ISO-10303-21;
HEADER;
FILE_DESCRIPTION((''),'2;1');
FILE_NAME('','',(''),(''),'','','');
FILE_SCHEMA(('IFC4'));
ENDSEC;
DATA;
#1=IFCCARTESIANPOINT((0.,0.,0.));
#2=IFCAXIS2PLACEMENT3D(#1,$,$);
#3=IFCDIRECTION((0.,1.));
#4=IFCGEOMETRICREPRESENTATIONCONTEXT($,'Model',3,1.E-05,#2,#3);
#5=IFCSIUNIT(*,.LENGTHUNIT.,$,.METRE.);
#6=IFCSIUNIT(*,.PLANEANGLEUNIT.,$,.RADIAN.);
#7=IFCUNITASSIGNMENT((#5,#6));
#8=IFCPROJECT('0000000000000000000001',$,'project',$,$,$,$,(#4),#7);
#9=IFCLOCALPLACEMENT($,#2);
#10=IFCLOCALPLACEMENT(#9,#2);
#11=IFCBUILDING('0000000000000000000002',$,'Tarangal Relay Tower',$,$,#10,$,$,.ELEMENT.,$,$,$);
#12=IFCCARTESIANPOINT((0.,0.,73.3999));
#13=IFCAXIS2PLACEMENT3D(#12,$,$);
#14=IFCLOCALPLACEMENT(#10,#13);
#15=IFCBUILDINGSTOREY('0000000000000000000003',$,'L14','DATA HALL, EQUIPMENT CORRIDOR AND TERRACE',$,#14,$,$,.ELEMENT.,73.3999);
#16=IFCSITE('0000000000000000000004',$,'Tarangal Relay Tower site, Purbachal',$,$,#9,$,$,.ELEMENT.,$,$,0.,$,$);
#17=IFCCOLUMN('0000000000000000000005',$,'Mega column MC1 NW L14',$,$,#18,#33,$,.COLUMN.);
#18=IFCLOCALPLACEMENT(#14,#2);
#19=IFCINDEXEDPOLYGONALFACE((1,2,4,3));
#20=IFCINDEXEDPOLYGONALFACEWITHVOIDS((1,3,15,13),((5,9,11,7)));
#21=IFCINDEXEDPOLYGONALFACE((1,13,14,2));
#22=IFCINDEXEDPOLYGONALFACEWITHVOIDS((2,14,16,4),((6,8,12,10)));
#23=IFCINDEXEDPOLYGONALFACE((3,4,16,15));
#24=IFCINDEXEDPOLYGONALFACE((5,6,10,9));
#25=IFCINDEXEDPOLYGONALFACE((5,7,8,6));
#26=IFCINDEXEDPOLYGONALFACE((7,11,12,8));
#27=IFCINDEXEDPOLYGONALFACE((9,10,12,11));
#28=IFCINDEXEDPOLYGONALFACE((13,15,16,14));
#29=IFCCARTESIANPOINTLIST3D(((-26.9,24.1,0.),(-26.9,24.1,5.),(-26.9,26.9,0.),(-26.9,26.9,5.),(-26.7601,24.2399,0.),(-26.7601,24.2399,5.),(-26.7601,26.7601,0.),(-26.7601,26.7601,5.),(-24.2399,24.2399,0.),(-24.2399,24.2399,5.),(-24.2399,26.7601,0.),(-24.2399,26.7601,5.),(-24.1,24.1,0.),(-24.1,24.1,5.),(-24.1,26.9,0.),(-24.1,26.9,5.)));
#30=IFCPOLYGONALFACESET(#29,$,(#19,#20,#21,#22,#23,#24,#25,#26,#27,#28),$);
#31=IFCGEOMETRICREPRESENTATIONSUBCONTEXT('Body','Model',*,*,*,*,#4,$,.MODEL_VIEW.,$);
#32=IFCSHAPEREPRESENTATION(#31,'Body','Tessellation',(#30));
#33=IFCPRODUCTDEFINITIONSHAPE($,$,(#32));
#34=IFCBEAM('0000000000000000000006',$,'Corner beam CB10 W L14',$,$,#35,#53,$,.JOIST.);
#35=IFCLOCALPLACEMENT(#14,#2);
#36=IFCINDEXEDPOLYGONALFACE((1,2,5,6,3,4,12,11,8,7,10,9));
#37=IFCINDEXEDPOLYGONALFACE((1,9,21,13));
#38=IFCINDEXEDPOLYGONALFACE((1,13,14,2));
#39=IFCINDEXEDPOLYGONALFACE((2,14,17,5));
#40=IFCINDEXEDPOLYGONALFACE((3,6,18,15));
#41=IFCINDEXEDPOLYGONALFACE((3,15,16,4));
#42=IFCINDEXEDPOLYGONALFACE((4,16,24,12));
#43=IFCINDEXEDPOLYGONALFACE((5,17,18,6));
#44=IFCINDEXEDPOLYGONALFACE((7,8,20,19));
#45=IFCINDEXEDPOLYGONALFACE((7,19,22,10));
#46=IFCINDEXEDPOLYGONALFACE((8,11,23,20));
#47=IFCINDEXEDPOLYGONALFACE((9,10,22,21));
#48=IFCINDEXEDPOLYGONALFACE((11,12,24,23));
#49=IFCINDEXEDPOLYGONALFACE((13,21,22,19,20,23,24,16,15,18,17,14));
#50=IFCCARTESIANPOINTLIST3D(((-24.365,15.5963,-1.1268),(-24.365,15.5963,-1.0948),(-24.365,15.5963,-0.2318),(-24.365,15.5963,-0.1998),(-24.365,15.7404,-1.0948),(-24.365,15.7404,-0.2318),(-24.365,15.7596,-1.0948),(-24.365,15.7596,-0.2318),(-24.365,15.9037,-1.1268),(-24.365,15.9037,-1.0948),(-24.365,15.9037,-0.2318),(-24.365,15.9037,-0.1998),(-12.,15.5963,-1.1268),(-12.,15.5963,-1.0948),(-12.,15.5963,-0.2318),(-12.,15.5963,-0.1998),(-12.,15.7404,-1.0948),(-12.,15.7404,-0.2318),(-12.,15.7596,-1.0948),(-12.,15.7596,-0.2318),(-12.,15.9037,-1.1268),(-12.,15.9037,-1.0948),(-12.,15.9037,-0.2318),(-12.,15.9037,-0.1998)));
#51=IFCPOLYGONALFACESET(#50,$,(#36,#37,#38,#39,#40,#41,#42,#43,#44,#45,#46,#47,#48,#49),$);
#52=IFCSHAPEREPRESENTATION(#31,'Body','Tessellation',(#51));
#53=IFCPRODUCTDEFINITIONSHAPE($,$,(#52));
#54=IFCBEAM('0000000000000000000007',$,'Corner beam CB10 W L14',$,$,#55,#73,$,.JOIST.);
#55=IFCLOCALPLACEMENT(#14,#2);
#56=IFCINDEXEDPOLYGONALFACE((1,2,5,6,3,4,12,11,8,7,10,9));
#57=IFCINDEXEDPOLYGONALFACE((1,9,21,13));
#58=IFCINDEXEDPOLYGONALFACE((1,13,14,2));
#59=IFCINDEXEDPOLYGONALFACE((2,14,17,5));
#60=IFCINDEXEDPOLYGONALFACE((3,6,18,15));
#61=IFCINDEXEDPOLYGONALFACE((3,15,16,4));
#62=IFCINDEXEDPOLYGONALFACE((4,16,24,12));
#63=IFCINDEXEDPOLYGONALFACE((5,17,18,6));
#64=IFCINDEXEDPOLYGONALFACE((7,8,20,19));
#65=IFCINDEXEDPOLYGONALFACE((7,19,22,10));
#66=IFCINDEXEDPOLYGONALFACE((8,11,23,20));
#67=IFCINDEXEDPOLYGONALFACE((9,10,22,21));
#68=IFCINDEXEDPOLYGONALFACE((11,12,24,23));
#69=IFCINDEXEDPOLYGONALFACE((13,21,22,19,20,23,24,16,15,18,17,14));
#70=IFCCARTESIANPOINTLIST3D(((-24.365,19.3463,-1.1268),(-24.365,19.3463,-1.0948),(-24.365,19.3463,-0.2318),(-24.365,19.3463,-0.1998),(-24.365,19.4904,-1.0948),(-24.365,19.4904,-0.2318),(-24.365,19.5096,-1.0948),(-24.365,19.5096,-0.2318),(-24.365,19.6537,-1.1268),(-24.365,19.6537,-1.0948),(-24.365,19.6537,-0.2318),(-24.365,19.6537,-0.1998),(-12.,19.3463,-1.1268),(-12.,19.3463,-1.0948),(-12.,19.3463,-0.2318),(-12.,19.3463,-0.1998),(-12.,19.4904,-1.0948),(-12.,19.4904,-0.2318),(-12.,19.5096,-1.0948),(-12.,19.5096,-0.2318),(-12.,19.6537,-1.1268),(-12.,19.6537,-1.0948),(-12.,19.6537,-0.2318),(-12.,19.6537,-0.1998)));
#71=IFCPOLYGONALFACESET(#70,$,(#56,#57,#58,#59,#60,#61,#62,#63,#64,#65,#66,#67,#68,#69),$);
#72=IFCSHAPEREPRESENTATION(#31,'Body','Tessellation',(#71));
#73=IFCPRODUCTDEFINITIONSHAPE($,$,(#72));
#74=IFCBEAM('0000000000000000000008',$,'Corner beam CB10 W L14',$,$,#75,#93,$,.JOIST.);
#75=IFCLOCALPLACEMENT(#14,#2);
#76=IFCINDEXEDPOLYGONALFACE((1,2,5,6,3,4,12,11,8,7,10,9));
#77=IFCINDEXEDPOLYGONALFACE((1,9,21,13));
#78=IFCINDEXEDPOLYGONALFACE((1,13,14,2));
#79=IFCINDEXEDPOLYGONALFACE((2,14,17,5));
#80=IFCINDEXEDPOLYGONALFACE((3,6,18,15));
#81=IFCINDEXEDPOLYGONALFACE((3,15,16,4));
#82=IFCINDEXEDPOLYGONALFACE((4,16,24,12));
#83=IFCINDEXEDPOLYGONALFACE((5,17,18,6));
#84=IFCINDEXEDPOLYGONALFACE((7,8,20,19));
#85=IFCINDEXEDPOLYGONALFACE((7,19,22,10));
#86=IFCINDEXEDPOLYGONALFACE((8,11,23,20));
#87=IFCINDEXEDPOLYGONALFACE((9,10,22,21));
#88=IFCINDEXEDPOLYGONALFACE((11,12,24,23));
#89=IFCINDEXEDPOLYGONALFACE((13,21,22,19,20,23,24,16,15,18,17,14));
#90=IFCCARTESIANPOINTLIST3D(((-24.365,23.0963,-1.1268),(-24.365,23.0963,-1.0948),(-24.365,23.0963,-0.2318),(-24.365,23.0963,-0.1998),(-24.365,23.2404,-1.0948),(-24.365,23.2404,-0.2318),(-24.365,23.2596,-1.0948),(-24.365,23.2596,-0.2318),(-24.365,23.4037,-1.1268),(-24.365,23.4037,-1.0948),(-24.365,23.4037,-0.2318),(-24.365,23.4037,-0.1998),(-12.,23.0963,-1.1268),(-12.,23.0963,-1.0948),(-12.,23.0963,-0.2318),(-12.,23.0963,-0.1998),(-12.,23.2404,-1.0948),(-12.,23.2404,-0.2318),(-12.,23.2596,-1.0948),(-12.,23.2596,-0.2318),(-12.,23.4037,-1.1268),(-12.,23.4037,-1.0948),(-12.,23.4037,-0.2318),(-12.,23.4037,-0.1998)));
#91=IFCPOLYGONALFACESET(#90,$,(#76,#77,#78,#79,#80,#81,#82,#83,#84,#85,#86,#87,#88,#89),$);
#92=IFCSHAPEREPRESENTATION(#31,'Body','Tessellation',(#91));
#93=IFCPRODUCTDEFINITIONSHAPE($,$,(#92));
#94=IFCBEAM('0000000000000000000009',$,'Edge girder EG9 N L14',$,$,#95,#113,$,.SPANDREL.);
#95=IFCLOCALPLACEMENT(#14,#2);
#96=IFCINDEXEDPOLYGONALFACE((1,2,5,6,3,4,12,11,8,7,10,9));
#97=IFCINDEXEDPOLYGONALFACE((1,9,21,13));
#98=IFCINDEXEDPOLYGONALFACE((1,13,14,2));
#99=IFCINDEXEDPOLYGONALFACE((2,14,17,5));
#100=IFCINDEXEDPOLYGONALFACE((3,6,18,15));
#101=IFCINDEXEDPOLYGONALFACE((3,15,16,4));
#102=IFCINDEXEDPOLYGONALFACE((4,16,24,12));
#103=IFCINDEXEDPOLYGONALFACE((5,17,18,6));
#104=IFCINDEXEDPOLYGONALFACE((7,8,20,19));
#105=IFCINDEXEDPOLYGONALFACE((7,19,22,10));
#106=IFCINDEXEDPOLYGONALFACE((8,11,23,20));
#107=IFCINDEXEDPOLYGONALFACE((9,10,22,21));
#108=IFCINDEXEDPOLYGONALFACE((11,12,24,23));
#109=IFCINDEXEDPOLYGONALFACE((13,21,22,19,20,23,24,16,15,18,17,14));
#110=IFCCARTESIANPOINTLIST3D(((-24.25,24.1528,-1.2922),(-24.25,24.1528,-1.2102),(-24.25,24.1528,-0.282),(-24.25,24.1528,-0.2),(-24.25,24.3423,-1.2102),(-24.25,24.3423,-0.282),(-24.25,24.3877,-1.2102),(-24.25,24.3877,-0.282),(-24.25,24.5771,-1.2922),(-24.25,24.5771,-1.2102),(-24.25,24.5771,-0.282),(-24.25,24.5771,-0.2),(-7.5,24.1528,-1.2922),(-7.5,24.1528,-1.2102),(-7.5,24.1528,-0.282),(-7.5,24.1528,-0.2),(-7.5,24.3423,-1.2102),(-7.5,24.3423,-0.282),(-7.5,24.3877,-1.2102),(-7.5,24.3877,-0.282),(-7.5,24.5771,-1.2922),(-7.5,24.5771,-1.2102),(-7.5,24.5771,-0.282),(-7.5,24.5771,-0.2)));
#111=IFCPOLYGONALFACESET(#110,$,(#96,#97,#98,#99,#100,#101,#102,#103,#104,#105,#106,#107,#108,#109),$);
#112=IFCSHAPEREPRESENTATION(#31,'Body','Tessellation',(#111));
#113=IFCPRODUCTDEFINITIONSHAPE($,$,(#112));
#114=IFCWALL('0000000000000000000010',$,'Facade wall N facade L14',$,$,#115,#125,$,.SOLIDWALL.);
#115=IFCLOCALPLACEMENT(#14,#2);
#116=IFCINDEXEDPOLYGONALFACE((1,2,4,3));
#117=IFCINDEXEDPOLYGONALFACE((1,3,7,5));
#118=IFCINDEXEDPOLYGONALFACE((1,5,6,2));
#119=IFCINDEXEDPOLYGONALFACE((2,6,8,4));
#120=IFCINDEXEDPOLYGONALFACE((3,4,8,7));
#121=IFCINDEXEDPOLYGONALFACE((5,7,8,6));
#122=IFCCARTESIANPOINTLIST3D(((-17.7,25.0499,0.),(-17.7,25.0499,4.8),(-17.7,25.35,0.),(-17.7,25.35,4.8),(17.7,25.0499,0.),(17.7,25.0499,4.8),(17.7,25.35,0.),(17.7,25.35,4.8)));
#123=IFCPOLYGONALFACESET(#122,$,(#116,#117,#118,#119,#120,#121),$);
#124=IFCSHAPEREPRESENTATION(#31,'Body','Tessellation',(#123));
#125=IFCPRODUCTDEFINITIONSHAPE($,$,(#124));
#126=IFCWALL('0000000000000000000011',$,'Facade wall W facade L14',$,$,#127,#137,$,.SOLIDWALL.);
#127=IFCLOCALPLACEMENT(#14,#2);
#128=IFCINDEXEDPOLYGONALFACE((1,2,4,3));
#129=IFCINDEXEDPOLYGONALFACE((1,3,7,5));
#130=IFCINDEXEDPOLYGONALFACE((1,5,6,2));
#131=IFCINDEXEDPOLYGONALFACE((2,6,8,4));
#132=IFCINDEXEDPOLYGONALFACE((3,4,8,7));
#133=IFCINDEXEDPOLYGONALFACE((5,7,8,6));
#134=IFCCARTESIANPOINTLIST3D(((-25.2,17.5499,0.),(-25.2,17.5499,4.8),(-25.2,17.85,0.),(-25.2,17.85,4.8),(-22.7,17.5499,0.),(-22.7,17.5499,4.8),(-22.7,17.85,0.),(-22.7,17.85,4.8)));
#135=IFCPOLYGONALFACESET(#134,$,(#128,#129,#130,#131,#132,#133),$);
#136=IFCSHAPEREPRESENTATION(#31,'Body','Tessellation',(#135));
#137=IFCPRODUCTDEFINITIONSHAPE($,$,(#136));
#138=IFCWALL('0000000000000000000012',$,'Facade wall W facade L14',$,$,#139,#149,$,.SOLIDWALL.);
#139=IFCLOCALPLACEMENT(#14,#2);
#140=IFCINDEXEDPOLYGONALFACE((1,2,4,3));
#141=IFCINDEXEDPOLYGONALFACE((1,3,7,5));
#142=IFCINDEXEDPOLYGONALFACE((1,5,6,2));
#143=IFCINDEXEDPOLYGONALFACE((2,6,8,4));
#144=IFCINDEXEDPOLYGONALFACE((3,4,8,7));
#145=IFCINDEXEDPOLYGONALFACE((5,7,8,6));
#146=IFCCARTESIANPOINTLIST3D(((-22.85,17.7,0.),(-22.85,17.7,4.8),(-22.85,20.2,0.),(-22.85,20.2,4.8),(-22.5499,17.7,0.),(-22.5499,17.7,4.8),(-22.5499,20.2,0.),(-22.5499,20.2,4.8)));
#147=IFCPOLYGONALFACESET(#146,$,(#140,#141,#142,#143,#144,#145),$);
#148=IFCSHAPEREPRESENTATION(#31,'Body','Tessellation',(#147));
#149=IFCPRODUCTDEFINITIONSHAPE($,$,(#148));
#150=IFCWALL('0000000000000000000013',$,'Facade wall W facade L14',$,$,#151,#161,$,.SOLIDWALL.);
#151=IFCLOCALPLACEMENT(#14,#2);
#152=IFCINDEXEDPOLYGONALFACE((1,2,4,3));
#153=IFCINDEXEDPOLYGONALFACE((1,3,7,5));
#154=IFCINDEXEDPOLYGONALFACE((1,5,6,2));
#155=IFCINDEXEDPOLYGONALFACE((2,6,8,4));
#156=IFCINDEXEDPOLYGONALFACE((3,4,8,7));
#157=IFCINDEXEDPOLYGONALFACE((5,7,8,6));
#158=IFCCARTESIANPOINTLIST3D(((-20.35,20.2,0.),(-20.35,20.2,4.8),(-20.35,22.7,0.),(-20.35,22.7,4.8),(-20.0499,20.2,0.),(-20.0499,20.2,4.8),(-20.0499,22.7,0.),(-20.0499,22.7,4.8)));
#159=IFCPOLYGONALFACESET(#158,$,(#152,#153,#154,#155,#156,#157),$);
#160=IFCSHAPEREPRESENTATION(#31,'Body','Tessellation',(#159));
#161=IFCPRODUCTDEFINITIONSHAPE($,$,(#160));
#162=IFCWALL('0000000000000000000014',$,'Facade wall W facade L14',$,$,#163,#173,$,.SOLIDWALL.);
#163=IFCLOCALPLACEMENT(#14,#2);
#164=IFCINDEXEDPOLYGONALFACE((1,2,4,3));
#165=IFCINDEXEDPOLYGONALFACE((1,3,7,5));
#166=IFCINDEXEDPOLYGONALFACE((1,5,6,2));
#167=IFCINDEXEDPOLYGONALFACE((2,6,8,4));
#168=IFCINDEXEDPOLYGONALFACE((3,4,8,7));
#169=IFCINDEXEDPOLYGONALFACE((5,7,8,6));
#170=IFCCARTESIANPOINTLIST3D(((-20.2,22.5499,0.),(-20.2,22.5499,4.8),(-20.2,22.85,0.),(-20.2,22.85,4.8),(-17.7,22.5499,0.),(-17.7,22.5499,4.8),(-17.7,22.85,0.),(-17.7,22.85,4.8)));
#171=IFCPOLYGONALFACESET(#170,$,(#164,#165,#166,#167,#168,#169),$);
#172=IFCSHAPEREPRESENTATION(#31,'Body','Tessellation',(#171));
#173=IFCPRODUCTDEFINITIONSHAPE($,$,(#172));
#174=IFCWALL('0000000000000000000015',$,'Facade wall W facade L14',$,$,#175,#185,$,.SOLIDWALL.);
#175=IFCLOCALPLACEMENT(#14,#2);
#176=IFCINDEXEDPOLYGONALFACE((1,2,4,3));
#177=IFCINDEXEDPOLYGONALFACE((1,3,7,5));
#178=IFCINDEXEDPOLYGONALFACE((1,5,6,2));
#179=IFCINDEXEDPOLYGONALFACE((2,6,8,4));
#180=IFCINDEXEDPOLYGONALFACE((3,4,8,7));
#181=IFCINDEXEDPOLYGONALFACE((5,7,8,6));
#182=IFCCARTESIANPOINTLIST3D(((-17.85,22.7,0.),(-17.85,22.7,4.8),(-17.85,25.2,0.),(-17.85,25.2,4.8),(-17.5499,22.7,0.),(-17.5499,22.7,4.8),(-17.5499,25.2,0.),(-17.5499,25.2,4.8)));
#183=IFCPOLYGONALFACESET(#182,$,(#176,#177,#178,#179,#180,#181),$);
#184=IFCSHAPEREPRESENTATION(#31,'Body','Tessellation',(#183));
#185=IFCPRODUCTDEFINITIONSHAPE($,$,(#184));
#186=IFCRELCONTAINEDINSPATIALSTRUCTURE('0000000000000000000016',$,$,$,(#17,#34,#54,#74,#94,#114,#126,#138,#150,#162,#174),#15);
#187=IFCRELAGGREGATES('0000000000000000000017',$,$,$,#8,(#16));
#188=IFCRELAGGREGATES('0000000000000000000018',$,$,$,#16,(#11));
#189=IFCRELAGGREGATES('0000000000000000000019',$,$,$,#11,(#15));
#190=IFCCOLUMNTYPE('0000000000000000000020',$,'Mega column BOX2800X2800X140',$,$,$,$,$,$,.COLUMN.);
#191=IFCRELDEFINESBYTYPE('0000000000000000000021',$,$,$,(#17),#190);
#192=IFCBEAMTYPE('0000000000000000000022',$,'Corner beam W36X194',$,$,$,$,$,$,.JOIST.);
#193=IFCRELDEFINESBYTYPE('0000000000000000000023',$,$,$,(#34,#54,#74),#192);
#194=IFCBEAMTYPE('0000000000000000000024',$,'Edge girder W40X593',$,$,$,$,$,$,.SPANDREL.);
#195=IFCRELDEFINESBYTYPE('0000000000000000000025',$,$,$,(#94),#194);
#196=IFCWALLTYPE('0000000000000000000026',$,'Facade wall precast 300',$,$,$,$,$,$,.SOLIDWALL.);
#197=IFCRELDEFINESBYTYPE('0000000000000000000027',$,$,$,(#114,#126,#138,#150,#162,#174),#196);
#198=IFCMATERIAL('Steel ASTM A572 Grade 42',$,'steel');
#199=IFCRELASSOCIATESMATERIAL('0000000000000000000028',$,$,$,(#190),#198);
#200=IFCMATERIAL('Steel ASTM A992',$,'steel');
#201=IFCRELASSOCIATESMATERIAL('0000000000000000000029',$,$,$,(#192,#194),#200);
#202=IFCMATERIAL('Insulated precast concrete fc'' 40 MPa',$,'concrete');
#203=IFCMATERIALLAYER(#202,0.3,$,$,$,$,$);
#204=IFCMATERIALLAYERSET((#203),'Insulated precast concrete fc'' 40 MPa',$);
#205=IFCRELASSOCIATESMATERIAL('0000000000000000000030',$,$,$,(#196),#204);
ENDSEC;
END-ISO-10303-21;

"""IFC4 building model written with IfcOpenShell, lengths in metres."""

from ifc_helpers import new_model, si_unit, direction, frame, frame_2d, origin, origin_2d, place, context, subcontext, project, spatial, rectangle, hollow_rectangle, i_section, extrude, material, layer, layer_set, material_profile, profile_set, type_object, element, save


model = new_model("IFC4")

# Units and contexts
model_context = context("Model", 3, precision=1e-05, world=origin(), true_north=direction((0.0, 1.0)))
body_context = subcontext(model_context, "Body", "Model", "MODEL_VIEW")
ifc_project = project(units=[si_unit("LENGTHUNIT", "METRE"), si_unit("PLANEANGLEUNIT", "RADIAN")], contexts=[model_context])

# Site, building, storey
site_placement = place(None, origin())
site = spatial("IfcSite", under=ifc_project, at=site_placement, Name="Tarangal Relay Tower site, Purbachal", CompositionType="ELEMENT", RefElevation=0.0)
building_placement = place(site_placement, origin())
building = spatial("IfcBuilding", under=site, at=building_placement, Name="Tarangal Relay Tower", CompositionType="ELEMENT")
storey_placement = place(building_placement, frame((0.0, 0.0, 73.3999)))
storey = spatial("IfcBuildingStorey", under=building, at=storey_placement, Name="L14", Description="DATA HALL, EQUIPMENT CORRIDOR AND TERRACE", CompositionType="ELEMENT", Elevation=73.3999)

# Column
ifc_material_1 = material(Name="Steel ASTM A572 Grade 42", Category="steel")
ifc_material_profile_1 = material_profile(ifc_material_1, hollow_rectangle(XDim=2.8, YDim=2.8, WallThickness=0.1399, at=origin_2d()), Name="BOX2800X2800X140")
ifc_profile_set_1 = profile_set([ifc_material_profile_1], Name="Steel ASTM A572 Grade 42")
column_type = type_object("IfcColumnType", Name="Mega column BOX2800X2800X140", PredefinedType="COLUMN", material=ifc_profile_set_1)
column_placement = place(storey_placement, frame((-25.5, 25.5, 0.0), z_axis=(0.0, 0.0, 1.0), x_axis=(1.0, 0.0, 0.0)))
element("IfcColumn", 1, at=column_placement, inside=storey, type_object=column_type, Name="Mega column MC1 NW L14", PredefinedType="COLUMN", context=body_context, shape_type="SweptSolid", body=[
    extrude(hollow_rectangle(XDim=2.8, YDim=2.8, WallThickness=0.1399, at=origin_2d()), origin(), (0.0, 0.0, 1.0), 5.0),
])

# Beams
ifc_material_2 = material(Name="Steel ASTM A992", Category="steel")
ifc_material_profile_2 = material_profile(ifc_material_2, i_section(OverallWidth=0.3074, OverallDepth=0.927, WebThickness=0.0193, FlangeThickness=0.032, at=origin_2d()), Name="W36X194")
ifc_profile_set_2 = profile_set([ifc_material_profile_2], Name="Steel ASTM A992")
beam_type_1 = type_object("IfcBeamType", Name="Corner beam W36X194", PredefinedType="JOIST", material=ifc_profile_set_2)
for number, where, z_axis, x_axis, name in (
    (2, (-12.0, 15.75, -0.6633), (-1.0, 0.0, 0.0), (0.0, -1.0, 0.0), "Corner beam CB10 W L14"),
    (3, (-12.0, 19.5, -0.6633), (-1.0, 0.0, 0.0), (0.0, -1.0, 0.0), "Corner beam CB10 W L14"),
    (4, (-12.0, 23.25, -0.6633), (-1.0, 0.0, 0.0), (0.0, -1.0, 0.0), "Corner beam CB10 W L14"),
):
    element("IfcBeam", number, at=place(storey_placement, frame(where, z_axis=z_axis, x_axis=x_axis)), inside=storey, type_object=beam_type_1, Name=name, PredefinedType="JOIST", context=body_context, shape_type="SweptSolid", body=[
        extrude(i_section(OverallWidth=0.3074, OverallDepth=0.927, WebThickness=0.0193, FlangeThickness=0.032, at=origin_2d()), origin(), (0.0, 0.0, 1.0), 12.365),
    ])
ifc_material_profile_3 = material_profile(ifc_material_2, i_section(OverallWidth=0.4243, OverallDepth=1.0923, WebThickness=0.0454, FlangeThickness=0.082, at=origin_2d()), Name="W40X593")
ifc_profile_set_3 = profile_set([ifc_material_profile_3], Name="Steel ASTM A992")
beam_type_2 = type_object("IfcBeamType", Name="Edge girder W40X593", PredefinedType="SPANDREL", material=ifc_profile_set_3)
beam_placement = place(storey_placement, frame((-24.25, 24.365, -0.7461), z_axis=(1.0, 0.0, 0.0), x_axis=(0.0, 1.0, 0.0)))
element("IfcBeam", 5, at=beam_placement, inside=storey, type_object=beam_type_2, Name="Edge girder EG9 N L14", PredefinedType="SPANDREL", context=body_context, shape_type="SweptSolid", body=[
    extrude(i_section(OverallWidth=0.4243, OverallDepth=1.0923, WebThickness=0.0454, FlangeThickness=0.082, at=origin_2d()), origin(), (0.0, 0.0, 1.0), 16.75),
])

# Walls
ifc_material_3 = material(Name="Insulated precast concrete fc' 40 MPa", Category="concrete")
ifc_layer_1 = layer(ifc_material_3, 0.3)
ifc_layer_set_1 = layer_set([ifc_layer_1], Name="Insulated precast concrete fc' 40 MPa")
wall_type_1 = type_object("IfcWallType", Name="Facade wall precast 300", PredefinedType="SOLIDWALL", material=ifc_layer_set_1)
wall_1_placement = place(storey_placement, frame((-17.7, 25.2, 0.0), z_axis=(0.0, 0.0, 1.0), x_axis=(1.0, 0.0, 0.0)))
element("IfcWall", 6, at=wall_1_placement, inside=storey, type_object=wall_type_1, Name="Facade wall N facade L14", PredefinedType="SOLIDWALL", context=body_context, shape_type="SweptSolid", body=[
    extrude(rectangle(XDim=35.3999, YDim=0.3, at=frame_2d((17.7, 0.0))), origin(), (0.0, 0.0, 1.0), 4.8),
])
for number, where, z_axis, x_axis, name in (
    (7, (-25.2, 17.7, 0.0), (0.0, 0.0, 1.0), (1.0, 0.0, 0.0), "Facade wall W facade L14"),
    (8, (-22.7, 17.7, 0.0), (0.0, 0.0, 1.0), (0.0, 1.0, 0.0), "Facade wall W facade L14"),
):
    element("IfcWall", number, at=place(storey_placement, frame(where, z_axis=z_axis, x_axis=x_axis)), inside=storey, type_object=wall_type_1, Name=name, PredefinedType="SOLIDWALL", context=body_context, shape_type="SweptSolid", body=[
        extrude(rectangle(XDim=2.5, YDim=0.3, at=frame_2d((1.25, 0.0))), origin(), (0.0, 0.0, 1.0), 4.8),
    ])

# Walls
for number, where, z_axis, x_axis, name in (
    (9, (-20.2, 20.2, 0.0), (0.0, 0.0, 1.0), (0.0, 1.0, 0.0), "Facade wall W facade L14"),
    (10, (-20.2, 22.7, 0.0), (0.0, 0.0, 1.0), (1.0, 0.0, 0.0), "Facade wall W facade L14"),
    (11, (-17.7, 22.7, 0.0), (0.0, 0.0, 1.0), (0.0, 1.0, 0.0), "Facade wall W facade L14"),
):
    element("IfcWall", number, at=place(storey_placement, frame(where, z_axis=z_axis, x_axis=x_axis)), inside=storey, type_object=wall_type_1, Name=name, PredefinedType="SOLIDWALL", context=body_context, shape_type="SweptSolid", body=[
        extrude(rectangle(XDim=2.5, YDim=0.3, at=frame_2d((1.25, 0.0))), origin(), (0.0, 0.0, 1.0), 4.8),
    ])

save(model, "model.ifc")
